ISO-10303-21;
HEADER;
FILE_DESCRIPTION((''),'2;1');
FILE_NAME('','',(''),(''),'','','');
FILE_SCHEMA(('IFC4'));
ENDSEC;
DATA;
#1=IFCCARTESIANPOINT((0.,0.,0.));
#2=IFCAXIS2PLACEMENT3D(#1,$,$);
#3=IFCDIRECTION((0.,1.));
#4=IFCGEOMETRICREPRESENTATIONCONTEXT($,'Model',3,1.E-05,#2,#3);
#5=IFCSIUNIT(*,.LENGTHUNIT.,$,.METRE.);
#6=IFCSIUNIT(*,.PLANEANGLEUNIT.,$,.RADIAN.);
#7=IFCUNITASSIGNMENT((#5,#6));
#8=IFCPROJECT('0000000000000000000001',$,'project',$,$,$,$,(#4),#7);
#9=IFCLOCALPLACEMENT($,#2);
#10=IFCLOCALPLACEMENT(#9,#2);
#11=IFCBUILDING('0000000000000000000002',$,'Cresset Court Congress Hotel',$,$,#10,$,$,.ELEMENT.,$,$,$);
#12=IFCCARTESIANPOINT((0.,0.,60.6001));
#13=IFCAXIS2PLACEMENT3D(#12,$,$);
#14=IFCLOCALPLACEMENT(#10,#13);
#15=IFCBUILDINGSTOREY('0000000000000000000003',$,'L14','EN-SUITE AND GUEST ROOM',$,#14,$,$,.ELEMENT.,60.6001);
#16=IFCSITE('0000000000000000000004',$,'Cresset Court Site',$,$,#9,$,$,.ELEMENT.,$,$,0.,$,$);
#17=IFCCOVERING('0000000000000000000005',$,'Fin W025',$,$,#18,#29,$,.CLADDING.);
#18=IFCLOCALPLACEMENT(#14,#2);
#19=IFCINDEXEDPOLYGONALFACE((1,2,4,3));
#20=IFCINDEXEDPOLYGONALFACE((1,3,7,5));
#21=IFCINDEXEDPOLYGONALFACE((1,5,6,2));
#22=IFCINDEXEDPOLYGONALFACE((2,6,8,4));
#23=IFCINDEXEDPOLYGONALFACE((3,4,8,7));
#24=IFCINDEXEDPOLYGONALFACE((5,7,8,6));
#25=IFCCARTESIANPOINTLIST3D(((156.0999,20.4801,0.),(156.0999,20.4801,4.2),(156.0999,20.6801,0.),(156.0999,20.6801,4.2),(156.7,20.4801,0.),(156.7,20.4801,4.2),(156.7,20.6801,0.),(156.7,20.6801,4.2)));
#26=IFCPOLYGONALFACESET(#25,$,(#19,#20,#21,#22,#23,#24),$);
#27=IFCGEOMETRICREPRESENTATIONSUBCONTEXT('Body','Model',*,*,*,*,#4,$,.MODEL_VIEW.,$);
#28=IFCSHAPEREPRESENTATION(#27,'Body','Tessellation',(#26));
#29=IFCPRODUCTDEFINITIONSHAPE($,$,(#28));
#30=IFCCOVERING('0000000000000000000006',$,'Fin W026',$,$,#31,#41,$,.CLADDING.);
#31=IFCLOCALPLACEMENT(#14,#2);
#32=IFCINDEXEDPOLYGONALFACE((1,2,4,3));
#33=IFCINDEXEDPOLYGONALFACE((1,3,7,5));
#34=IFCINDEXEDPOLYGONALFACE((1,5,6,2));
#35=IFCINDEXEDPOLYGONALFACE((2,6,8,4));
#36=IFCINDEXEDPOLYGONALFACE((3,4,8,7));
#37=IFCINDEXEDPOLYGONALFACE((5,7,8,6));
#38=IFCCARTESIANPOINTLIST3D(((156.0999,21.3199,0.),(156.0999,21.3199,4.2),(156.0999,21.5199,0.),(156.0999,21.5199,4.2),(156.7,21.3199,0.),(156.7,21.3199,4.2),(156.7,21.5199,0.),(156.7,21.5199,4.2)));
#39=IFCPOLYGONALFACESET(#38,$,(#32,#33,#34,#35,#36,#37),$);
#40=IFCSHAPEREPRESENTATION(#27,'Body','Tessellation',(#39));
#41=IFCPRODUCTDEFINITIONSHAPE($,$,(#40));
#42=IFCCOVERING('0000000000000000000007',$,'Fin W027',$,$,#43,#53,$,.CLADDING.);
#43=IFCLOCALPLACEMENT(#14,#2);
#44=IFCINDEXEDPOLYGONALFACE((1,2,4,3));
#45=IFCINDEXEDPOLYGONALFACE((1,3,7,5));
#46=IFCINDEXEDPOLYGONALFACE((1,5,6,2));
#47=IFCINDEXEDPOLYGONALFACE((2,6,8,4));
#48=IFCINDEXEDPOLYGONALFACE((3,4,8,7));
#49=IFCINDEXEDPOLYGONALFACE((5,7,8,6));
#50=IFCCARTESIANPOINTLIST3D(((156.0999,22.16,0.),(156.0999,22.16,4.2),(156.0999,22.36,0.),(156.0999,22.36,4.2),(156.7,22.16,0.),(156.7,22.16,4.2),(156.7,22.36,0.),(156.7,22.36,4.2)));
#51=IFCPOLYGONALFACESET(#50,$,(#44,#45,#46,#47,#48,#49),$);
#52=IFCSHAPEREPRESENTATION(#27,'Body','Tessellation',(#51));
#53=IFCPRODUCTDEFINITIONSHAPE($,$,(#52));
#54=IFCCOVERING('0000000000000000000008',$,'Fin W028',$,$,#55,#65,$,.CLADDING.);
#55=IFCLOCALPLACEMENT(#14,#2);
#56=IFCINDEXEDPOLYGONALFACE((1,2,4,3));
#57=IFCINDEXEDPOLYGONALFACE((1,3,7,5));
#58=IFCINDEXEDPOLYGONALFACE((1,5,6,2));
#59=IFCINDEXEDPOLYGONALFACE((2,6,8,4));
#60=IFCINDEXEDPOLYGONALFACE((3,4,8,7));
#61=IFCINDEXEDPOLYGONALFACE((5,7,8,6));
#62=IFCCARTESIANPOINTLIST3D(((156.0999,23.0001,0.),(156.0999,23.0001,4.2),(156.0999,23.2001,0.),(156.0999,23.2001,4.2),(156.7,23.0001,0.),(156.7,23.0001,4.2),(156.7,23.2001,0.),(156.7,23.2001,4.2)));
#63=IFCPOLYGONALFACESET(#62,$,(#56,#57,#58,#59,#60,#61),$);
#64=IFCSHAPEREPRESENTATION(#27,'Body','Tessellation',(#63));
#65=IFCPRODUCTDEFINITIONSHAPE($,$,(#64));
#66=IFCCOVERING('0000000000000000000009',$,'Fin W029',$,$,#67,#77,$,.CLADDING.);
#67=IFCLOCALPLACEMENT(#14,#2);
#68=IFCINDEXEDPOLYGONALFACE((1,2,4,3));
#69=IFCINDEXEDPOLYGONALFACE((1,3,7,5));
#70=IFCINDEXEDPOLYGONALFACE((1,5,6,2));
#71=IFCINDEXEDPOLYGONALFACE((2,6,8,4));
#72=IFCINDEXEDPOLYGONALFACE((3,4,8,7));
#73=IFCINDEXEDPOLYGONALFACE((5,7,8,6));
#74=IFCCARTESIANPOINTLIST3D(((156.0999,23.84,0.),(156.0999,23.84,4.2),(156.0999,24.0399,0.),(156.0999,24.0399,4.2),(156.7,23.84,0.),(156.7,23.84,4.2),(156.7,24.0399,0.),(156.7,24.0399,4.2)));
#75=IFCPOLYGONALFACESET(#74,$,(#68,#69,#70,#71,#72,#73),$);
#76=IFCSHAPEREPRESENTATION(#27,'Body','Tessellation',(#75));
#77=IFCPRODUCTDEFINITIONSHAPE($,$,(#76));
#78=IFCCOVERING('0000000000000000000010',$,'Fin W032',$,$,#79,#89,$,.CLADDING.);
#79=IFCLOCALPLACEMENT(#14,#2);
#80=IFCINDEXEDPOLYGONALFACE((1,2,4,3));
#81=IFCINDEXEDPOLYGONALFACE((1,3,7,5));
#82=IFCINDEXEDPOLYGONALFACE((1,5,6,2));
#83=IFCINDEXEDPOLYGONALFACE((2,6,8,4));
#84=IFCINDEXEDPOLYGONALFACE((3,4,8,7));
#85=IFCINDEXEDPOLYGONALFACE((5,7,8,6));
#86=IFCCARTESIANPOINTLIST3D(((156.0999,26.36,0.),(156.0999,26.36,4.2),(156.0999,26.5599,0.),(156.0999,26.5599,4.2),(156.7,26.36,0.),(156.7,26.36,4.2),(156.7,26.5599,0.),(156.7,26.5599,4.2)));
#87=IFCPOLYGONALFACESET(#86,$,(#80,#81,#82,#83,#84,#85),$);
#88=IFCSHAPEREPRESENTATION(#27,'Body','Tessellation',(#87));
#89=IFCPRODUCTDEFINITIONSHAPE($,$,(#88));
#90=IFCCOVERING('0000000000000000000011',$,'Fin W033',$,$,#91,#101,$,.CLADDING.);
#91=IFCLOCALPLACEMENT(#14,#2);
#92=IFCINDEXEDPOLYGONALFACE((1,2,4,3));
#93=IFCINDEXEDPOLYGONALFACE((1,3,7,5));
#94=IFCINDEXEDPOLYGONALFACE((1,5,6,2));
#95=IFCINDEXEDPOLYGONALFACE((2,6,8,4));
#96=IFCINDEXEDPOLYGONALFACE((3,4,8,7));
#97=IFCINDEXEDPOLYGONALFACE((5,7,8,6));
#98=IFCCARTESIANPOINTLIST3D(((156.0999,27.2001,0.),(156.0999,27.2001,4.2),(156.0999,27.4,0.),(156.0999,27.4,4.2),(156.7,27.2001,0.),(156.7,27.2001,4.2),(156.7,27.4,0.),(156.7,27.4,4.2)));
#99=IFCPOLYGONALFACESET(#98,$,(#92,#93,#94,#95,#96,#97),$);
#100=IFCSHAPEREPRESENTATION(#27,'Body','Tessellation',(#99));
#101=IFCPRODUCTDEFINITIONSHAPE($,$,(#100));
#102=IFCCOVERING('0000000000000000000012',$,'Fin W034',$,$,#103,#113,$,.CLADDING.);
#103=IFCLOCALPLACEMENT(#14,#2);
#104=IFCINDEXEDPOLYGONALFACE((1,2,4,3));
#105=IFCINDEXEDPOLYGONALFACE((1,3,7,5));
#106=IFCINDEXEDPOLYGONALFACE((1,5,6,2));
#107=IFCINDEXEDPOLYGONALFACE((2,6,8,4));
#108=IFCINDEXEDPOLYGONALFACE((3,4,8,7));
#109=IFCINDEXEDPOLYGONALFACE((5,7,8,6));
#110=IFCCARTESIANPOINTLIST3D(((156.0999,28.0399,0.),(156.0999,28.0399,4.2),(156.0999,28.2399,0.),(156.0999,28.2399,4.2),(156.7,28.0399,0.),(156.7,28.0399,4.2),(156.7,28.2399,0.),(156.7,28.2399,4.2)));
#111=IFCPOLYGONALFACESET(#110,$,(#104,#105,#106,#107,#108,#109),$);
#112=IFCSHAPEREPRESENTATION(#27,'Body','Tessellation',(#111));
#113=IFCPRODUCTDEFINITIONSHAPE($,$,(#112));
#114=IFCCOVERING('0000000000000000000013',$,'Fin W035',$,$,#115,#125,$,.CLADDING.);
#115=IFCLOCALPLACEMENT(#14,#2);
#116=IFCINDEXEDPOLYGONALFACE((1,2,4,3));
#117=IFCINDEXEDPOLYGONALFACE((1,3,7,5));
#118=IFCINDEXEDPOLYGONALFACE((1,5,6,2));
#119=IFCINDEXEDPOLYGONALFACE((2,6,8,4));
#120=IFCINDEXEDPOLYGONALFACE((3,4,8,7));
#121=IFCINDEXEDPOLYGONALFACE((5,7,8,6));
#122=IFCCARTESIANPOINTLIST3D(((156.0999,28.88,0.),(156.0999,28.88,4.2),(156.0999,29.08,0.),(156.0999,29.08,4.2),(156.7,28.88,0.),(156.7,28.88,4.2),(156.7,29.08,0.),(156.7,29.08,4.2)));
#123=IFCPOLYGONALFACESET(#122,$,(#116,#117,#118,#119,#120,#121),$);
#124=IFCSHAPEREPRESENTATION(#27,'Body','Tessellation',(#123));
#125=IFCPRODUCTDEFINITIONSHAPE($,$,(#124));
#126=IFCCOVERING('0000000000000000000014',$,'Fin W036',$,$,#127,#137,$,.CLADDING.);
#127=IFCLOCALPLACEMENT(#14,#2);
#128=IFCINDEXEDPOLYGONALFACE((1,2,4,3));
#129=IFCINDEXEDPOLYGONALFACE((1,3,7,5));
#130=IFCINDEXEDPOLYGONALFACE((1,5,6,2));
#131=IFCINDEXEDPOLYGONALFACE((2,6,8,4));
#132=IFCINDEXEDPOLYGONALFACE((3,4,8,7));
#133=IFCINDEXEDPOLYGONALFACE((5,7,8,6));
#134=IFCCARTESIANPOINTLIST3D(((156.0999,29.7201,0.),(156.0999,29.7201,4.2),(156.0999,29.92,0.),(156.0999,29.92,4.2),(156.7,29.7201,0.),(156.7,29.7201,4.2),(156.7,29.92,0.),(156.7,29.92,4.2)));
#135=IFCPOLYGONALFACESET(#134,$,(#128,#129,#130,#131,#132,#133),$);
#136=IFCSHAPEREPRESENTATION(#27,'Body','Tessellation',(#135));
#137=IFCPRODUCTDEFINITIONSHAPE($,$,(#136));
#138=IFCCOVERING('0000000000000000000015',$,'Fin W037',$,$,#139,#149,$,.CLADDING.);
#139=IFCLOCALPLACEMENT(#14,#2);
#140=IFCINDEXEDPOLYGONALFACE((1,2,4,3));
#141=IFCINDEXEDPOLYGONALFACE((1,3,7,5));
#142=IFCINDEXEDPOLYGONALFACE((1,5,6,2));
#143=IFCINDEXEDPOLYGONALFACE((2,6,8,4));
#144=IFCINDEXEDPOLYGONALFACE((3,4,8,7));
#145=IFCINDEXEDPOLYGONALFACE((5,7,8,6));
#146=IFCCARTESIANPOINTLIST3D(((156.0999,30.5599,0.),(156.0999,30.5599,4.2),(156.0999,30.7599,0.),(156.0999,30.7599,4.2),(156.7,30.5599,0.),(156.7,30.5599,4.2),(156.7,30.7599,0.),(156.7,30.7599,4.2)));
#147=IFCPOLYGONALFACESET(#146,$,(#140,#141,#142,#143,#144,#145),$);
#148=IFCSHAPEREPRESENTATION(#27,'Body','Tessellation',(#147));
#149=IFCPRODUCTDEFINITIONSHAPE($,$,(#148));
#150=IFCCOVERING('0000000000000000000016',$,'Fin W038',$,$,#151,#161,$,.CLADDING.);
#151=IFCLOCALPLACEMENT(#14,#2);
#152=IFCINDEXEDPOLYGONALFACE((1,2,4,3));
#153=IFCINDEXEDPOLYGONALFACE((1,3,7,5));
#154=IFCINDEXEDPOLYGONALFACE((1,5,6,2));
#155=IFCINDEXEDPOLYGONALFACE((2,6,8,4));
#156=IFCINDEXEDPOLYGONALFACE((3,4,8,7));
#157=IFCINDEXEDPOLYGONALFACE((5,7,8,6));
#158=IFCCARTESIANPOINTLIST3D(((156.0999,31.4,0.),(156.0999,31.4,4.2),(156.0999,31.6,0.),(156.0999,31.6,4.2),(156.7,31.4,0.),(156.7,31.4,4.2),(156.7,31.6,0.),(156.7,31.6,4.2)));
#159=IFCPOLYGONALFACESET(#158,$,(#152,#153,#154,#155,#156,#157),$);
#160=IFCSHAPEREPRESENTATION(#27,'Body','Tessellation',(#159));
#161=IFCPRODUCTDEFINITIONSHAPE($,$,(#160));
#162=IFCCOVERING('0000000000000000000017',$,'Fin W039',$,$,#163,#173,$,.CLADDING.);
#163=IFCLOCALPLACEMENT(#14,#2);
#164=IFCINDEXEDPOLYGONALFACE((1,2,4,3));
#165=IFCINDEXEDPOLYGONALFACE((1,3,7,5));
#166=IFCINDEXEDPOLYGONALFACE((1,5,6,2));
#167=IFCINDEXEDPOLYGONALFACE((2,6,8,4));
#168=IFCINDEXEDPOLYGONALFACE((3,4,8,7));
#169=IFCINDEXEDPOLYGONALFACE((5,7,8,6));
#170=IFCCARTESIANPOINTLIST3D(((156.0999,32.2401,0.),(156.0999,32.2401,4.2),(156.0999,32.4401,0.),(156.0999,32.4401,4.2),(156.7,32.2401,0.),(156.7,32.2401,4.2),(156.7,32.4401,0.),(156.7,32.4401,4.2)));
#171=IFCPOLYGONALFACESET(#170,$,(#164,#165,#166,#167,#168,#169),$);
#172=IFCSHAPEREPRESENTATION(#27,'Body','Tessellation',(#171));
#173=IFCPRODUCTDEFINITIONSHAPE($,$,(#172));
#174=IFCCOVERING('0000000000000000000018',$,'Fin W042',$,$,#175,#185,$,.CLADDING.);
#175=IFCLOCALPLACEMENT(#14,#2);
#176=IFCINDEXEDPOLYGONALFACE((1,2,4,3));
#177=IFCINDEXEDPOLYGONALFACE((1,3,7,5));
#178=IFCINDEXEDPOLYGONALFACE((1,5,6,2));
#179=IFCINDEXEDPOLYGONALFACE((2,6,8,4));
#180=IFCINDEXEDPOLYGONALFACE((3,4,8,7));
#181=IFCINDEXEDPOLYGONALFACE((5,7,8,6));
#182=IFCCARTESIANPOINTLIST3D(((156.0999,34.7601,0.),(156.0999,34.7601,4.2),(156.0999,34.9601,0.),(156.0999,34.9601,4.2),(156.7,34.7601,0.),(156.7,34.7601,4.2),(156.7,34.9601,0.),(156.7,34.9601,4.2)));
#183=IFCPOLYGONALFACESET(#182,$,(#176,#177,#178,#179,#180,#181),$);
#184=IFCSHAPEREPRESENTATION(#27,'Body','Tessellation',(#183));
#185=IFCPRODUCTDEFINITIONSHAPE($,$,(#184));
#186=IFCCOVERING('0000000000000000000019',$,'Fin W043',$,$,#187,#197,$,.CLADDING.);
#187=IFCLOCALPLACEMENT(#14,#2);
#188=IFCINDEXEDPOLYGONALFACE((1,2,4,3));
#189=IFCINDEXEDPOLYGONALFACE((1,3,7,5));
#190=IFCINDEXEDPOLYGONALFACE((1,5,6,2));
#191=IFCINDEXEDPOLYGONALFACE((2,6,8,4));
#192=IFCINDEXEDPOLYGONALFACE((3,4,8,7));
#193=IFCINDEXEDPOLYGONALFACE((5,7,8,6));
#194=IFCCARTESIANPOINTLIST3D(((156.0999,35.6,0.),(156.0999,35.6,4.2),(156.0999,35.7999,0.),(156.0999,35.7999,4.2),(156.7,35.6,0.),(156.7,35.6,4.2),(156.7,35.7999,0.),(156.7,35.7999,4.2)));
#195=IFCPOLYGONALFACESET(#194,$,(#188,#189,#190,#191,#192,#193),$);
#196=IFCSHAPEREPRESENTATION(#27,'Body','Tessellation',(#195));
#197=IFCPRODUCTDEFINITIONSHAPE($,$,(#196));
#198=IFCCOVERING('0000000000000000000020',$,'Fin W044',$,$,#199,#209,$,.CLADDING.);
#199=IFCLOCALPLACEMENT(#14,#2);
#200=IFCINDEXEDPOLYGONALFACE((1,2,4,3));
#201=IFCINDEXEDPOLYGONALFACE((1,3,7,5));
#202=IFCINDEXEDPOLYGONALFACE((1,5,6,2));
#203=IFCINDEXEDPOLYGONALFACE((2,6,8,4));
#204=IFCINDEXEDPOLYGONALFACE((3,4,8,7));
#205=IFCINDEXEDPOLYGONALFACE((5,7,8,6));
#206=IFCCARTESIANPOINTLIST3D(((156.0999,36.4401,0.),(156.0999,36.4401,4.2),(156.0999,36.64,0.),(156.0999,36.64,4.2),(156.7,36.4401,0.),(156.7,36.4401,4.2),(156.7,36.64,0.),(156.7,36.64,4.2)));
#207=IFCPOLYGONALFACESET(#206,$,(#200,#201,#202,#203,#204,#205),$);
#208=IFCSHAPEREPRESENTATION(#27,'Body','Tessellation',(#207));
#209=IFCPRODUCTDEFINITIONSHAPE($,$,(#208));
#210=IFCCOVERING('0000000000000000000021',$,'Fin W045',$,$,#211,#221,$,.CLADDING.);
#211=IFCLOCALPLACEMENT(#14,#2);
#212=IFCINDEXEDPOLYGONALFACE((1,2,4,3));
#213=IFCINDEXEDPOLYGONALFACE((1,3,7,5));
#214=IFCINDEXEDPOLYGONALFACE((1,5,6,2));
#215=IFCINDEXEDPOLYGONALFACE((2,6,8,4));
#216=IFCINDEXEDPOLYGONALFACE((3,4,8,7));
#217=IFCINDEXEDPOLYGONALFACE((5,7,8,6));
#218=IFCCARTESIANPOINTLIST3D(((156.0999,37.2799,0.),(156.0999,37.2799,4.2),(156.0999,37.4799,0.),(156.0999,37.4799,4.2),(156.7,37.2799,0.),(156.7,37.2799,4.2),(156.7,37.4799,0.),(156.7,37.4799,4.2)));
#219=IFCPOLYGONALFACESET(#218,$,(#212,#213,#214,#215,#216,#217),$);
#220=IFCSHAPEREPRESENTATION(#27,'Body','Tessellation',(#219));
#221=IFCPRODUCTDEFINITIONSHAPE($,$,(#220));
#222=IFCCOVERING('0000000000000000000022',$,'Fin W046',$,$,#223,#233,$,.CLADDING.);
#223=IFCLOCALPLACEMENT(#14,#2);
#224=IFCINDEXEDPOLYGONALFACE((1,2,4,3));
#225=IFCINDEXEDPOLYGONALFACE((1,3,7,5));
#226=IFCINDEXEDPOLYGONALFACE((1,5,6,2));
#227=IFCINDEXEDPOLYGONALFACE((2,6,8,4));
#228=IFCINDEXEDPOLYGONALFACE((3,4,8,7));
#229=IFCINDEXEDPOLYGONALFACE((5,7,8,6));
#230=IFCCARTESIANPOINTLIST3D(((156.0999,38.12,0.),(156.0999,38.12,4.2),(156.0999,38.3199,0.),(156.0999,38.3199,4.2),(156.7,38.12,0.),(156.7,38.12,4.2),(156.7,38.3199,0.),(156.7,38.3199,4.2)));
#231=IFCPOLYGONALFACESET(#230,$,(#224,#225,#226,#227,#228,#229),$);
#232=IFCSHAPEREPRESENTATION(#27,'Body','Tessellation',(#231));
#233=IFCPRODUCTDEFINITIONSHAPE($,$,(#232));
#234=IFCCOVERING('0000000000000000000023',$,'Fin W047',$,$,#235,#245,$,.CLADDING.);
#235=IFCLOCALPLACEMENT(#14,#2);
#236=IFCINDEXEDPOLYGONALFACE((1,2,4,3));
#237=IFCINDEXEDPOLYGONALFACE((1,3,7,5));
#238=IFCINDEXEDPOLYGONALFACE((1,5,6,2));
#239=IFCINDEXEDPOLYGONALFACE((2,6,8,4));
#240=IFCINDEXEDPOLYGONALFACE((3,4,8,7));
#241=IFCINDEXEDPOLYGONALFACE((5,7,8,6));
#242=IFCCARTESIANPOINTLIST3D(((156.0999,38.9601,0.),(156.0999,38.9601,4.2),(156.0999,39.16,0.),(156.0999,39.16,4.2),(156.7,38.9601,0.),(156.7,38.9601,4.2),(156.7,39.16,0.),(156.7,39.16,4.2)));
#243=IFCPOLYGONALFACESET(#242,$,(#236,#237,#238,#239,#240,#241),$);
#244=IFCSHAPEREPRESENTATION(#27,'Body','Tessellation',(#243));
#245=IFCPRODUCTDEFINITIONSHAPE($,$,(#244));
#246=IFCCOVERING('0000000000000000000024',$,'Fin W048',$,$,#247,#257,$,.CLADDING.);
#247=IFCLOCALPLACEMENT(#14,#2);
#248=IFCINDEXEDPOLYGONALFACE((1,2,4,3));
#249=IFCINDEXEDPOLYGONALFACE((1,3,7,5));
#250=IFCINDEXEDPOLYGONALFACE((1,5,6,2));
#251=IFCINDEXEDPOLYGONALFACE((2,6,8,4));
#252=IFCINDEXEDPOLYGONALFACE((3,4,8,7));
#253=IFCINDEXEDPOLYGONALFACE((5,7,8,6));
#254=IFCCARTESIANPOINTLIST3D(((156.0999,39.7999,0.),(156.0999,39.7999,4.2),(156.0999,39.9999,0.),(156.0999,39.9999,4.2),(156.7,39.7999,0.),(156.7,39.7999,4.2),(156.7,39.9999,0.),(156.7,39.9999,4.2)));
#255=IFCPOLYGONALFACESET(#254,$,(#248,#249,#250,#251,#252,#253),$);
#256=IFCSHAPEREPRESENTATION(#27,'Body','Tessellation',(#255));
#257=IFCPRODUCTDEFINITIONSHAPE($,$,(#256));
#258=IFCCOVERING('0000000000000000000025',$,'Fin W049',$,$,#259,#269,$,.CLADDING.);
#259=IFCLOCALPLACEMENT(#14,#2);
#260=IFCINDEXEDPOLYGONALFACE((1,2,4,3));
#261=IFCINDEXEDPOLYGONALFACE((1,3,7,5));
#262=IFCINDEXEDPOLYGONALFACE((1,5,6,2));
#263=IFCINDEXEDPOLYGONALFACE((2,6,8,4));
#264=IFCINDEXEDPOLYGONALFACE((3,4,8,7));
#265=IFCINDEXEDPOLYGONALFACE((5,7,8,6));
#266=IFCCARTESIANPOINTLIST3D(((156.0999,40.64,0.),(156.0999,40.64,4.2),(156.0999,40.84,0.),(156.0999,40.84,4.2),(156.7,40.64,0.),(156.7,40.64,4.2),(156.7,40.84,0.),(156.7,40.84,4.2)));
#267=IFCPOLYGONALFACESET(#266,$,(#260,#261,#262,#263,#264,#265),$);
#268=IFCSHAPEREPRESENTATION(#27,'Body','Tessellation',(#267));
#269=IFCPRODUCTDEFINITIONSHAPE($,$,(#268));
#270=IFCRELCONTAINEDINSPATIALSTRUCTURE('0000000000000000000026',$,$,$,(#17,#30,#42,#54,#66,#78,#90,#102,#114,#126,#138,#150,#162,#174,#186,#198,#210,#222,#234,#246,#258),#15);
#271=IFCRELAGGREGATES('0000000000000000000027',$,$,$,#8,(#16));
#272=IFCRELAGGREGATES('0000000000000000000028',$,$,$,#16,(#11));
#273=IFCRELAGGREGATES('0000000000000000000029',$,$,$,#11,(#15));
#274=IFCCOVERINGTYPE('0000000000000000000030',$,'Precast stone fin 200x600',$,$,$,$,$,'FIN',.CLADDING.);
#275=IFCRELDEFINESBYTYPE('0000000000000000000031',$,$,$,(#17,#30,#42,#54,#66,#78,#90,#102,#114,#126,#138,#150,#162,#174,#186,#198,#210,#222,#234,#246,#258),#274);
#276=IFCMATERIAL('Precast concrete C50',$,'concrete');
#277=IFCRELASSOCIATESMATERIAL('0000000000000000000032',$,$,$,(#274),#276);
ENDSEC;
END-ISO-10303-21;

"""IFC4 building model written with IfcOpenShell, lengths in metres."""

from ifc_helpers import new_model, si_unit, direction, frame, origin, origin_2d, place, context, subcontext, project, spatial, rectangle, extrude, material, type_object, element, save


model = new_model("IFC4")

# Units and contexts
model_context = context("Model", 3, precision=1e-05, world=origin(), true_north=direction((0.0, 1.0)))
body_context = subcontext(model_context, "Body", "Model", "MODEL_VIEW")
ifc_project = project(units=[si_unit("LENGTHUNIT", "METRE"), si_unit("PLANEANGLEUNIT", "RADIAN")], contexts=[model_context])

# Site, building, storey
site_placement = place(None, origin())
site = spatial("IfcSite", under=ifc_project, at=site_placement, Name="Cresset Court Site", CompositionType="ELEMENT", RefElevation=0.0)
building_placement = place(site_placement, origin())
building = spatial("IfcBuilding", under=site, at=building_placement, Name="Cresset Court Congress Hotel", CompositionType="ELEMENT")
storey_placement = place(building_placement, frame((0.0, 0.0, 60.6001)))
storey = spatial("IfcBuildingStorey", under=building, at=storey_placement, Name="L14", Description="EN-SUITE AND GUEST ROOM", CompositionType="ELEMENT", Elevation=60.6001)

# Coverings
ifc_material = material(Name="Precast concrete C50", Category="concrete")
covering_type = type_object("IfcCoveringType", Name="Precast stone fin 200x600", ElementType="FIN", PredefinedType="CLADDING", material=ifc_material)
for number, where, z_axis, x_axis, name in (
    (1, (156.3999, 20.5801, 0.0), (0.0, 0.0, 1.0), (1.0, 0.0, 0.0), "Fin W025"),
    (2, (156.3999, 21.4199, 0.0), (0.0, 0.0, 1.0), (1.0, 0.0, 0.0), "Fin W026"),
    (3, (156.3999, 22.26, 0.0), (0.0, 0.0, 1.0), (1.0, 0.0, 0.0), "Fin W027"),
    (4, (156.3999, 23.1001, 0.0), (0.0, 0.0, 1.0), (1.0, 0.0, 0.0), "Fin W028"),
    (5, (156.3999, 23.9399, 0.0), (0.0, 0.0, 1.0), (1.0, 0.0, 0.0), "Fin W029"),
    (6, (156.3999, 26.46, 0.0), (0.0, 0.0, 1.0), (1.0, 0.0, 0.0), "Fin W032"),
    (7, (156.3999, 27.3, 0.0), (0.0, 0.0, 1.0), (1.0, 0.0, 0.0), "Fin W033"),
    (8, (156.3999, 28.1399, 0.0), (0.0, 0.0, 1.0), (1.0, 0.0, 0.0), "Fin W034"),
    (9, (156.3999, 28.98, 0.0), (0.0, 0.0, 1.0), (1.0, 0.0, 0.0), "Fin W035"),
    (10, (156.3999, 29.8201, 0.0), (0.0, 0.0, 1.0), (1.0, 0.0, 0.0), "Fin W036"),
    (11, (156.3999, 30.6599, 0.0), (0.0, 0.0, 1.0), (1.0, 0.0, 0.0), "Fin W037"),
    (12, (156.3999, 31.5, 0.0), (0.0, 0.0, 1.0), (1.0, 0.0, 0.0), "Fin W038"),
    (13, (156.3999, 32.3401, 0.0), (0.0, 0.0, 1.0), (1.0, 0.0, 0.0), "Fin W039"),
    (14, (156.3999, 34.8601, 0.0), (0.0, 0.0, 1.0), (1.0, 0.0, 0.0), "Fin W042"),
    (15, (156.3999, 35.7, 0.0), (0.0, 0.0, 1.0), (1.0, 0.0, 0.0), "Fin W043"),
    (16, (156.3999, 36.54, 0.0), (0.0, 0.0, 1.0), (1.0, 0.0, 0.0), "Fin W044"),
    (17, (156.3999, 37.3799, 0.0), (0.0, 0.0, 1.0), (1.0, 0.0, 0.0), "Fin W045"),
    (18, (156.3999, 38.22, 0.0), (0.0, 0.0, 1.0), (1.0, 0.0, 0.0), "Fin W046"),
    (19, (156.3999, 39.0601, 0.0), (0.0, 0.0, 1.0), (1.0, 0.0, 0.0), "Fin W047"),
    (20, (156.3999, 39.8999, 0.0), (0.0, 0.0, 1.0), (1.0, 0.0, 0.0), "Fin W048"),
    (21, (156.3999, 40.74, 0.0), (0.0, 0.0, 1.0), (1.0, 0.0, 0.0), "Fin W049"),
):
    element("IfcCovering", number, at=place(storey_placement, frame(where, z_axis=z_axis, x_axis=x_axis)), inside=storey, type_object=covering_type, Name=name, PredefinedType="CLADDING", context=body_context, shape_type="SweptSolid", body=[
        extrude(rectangle(XDim=0.6001, YDim=0.2, at=origin_2d()), origin(), (0.0, 0.0, 1.0), 4.2),
    ])

save(model, "model.ifc")
